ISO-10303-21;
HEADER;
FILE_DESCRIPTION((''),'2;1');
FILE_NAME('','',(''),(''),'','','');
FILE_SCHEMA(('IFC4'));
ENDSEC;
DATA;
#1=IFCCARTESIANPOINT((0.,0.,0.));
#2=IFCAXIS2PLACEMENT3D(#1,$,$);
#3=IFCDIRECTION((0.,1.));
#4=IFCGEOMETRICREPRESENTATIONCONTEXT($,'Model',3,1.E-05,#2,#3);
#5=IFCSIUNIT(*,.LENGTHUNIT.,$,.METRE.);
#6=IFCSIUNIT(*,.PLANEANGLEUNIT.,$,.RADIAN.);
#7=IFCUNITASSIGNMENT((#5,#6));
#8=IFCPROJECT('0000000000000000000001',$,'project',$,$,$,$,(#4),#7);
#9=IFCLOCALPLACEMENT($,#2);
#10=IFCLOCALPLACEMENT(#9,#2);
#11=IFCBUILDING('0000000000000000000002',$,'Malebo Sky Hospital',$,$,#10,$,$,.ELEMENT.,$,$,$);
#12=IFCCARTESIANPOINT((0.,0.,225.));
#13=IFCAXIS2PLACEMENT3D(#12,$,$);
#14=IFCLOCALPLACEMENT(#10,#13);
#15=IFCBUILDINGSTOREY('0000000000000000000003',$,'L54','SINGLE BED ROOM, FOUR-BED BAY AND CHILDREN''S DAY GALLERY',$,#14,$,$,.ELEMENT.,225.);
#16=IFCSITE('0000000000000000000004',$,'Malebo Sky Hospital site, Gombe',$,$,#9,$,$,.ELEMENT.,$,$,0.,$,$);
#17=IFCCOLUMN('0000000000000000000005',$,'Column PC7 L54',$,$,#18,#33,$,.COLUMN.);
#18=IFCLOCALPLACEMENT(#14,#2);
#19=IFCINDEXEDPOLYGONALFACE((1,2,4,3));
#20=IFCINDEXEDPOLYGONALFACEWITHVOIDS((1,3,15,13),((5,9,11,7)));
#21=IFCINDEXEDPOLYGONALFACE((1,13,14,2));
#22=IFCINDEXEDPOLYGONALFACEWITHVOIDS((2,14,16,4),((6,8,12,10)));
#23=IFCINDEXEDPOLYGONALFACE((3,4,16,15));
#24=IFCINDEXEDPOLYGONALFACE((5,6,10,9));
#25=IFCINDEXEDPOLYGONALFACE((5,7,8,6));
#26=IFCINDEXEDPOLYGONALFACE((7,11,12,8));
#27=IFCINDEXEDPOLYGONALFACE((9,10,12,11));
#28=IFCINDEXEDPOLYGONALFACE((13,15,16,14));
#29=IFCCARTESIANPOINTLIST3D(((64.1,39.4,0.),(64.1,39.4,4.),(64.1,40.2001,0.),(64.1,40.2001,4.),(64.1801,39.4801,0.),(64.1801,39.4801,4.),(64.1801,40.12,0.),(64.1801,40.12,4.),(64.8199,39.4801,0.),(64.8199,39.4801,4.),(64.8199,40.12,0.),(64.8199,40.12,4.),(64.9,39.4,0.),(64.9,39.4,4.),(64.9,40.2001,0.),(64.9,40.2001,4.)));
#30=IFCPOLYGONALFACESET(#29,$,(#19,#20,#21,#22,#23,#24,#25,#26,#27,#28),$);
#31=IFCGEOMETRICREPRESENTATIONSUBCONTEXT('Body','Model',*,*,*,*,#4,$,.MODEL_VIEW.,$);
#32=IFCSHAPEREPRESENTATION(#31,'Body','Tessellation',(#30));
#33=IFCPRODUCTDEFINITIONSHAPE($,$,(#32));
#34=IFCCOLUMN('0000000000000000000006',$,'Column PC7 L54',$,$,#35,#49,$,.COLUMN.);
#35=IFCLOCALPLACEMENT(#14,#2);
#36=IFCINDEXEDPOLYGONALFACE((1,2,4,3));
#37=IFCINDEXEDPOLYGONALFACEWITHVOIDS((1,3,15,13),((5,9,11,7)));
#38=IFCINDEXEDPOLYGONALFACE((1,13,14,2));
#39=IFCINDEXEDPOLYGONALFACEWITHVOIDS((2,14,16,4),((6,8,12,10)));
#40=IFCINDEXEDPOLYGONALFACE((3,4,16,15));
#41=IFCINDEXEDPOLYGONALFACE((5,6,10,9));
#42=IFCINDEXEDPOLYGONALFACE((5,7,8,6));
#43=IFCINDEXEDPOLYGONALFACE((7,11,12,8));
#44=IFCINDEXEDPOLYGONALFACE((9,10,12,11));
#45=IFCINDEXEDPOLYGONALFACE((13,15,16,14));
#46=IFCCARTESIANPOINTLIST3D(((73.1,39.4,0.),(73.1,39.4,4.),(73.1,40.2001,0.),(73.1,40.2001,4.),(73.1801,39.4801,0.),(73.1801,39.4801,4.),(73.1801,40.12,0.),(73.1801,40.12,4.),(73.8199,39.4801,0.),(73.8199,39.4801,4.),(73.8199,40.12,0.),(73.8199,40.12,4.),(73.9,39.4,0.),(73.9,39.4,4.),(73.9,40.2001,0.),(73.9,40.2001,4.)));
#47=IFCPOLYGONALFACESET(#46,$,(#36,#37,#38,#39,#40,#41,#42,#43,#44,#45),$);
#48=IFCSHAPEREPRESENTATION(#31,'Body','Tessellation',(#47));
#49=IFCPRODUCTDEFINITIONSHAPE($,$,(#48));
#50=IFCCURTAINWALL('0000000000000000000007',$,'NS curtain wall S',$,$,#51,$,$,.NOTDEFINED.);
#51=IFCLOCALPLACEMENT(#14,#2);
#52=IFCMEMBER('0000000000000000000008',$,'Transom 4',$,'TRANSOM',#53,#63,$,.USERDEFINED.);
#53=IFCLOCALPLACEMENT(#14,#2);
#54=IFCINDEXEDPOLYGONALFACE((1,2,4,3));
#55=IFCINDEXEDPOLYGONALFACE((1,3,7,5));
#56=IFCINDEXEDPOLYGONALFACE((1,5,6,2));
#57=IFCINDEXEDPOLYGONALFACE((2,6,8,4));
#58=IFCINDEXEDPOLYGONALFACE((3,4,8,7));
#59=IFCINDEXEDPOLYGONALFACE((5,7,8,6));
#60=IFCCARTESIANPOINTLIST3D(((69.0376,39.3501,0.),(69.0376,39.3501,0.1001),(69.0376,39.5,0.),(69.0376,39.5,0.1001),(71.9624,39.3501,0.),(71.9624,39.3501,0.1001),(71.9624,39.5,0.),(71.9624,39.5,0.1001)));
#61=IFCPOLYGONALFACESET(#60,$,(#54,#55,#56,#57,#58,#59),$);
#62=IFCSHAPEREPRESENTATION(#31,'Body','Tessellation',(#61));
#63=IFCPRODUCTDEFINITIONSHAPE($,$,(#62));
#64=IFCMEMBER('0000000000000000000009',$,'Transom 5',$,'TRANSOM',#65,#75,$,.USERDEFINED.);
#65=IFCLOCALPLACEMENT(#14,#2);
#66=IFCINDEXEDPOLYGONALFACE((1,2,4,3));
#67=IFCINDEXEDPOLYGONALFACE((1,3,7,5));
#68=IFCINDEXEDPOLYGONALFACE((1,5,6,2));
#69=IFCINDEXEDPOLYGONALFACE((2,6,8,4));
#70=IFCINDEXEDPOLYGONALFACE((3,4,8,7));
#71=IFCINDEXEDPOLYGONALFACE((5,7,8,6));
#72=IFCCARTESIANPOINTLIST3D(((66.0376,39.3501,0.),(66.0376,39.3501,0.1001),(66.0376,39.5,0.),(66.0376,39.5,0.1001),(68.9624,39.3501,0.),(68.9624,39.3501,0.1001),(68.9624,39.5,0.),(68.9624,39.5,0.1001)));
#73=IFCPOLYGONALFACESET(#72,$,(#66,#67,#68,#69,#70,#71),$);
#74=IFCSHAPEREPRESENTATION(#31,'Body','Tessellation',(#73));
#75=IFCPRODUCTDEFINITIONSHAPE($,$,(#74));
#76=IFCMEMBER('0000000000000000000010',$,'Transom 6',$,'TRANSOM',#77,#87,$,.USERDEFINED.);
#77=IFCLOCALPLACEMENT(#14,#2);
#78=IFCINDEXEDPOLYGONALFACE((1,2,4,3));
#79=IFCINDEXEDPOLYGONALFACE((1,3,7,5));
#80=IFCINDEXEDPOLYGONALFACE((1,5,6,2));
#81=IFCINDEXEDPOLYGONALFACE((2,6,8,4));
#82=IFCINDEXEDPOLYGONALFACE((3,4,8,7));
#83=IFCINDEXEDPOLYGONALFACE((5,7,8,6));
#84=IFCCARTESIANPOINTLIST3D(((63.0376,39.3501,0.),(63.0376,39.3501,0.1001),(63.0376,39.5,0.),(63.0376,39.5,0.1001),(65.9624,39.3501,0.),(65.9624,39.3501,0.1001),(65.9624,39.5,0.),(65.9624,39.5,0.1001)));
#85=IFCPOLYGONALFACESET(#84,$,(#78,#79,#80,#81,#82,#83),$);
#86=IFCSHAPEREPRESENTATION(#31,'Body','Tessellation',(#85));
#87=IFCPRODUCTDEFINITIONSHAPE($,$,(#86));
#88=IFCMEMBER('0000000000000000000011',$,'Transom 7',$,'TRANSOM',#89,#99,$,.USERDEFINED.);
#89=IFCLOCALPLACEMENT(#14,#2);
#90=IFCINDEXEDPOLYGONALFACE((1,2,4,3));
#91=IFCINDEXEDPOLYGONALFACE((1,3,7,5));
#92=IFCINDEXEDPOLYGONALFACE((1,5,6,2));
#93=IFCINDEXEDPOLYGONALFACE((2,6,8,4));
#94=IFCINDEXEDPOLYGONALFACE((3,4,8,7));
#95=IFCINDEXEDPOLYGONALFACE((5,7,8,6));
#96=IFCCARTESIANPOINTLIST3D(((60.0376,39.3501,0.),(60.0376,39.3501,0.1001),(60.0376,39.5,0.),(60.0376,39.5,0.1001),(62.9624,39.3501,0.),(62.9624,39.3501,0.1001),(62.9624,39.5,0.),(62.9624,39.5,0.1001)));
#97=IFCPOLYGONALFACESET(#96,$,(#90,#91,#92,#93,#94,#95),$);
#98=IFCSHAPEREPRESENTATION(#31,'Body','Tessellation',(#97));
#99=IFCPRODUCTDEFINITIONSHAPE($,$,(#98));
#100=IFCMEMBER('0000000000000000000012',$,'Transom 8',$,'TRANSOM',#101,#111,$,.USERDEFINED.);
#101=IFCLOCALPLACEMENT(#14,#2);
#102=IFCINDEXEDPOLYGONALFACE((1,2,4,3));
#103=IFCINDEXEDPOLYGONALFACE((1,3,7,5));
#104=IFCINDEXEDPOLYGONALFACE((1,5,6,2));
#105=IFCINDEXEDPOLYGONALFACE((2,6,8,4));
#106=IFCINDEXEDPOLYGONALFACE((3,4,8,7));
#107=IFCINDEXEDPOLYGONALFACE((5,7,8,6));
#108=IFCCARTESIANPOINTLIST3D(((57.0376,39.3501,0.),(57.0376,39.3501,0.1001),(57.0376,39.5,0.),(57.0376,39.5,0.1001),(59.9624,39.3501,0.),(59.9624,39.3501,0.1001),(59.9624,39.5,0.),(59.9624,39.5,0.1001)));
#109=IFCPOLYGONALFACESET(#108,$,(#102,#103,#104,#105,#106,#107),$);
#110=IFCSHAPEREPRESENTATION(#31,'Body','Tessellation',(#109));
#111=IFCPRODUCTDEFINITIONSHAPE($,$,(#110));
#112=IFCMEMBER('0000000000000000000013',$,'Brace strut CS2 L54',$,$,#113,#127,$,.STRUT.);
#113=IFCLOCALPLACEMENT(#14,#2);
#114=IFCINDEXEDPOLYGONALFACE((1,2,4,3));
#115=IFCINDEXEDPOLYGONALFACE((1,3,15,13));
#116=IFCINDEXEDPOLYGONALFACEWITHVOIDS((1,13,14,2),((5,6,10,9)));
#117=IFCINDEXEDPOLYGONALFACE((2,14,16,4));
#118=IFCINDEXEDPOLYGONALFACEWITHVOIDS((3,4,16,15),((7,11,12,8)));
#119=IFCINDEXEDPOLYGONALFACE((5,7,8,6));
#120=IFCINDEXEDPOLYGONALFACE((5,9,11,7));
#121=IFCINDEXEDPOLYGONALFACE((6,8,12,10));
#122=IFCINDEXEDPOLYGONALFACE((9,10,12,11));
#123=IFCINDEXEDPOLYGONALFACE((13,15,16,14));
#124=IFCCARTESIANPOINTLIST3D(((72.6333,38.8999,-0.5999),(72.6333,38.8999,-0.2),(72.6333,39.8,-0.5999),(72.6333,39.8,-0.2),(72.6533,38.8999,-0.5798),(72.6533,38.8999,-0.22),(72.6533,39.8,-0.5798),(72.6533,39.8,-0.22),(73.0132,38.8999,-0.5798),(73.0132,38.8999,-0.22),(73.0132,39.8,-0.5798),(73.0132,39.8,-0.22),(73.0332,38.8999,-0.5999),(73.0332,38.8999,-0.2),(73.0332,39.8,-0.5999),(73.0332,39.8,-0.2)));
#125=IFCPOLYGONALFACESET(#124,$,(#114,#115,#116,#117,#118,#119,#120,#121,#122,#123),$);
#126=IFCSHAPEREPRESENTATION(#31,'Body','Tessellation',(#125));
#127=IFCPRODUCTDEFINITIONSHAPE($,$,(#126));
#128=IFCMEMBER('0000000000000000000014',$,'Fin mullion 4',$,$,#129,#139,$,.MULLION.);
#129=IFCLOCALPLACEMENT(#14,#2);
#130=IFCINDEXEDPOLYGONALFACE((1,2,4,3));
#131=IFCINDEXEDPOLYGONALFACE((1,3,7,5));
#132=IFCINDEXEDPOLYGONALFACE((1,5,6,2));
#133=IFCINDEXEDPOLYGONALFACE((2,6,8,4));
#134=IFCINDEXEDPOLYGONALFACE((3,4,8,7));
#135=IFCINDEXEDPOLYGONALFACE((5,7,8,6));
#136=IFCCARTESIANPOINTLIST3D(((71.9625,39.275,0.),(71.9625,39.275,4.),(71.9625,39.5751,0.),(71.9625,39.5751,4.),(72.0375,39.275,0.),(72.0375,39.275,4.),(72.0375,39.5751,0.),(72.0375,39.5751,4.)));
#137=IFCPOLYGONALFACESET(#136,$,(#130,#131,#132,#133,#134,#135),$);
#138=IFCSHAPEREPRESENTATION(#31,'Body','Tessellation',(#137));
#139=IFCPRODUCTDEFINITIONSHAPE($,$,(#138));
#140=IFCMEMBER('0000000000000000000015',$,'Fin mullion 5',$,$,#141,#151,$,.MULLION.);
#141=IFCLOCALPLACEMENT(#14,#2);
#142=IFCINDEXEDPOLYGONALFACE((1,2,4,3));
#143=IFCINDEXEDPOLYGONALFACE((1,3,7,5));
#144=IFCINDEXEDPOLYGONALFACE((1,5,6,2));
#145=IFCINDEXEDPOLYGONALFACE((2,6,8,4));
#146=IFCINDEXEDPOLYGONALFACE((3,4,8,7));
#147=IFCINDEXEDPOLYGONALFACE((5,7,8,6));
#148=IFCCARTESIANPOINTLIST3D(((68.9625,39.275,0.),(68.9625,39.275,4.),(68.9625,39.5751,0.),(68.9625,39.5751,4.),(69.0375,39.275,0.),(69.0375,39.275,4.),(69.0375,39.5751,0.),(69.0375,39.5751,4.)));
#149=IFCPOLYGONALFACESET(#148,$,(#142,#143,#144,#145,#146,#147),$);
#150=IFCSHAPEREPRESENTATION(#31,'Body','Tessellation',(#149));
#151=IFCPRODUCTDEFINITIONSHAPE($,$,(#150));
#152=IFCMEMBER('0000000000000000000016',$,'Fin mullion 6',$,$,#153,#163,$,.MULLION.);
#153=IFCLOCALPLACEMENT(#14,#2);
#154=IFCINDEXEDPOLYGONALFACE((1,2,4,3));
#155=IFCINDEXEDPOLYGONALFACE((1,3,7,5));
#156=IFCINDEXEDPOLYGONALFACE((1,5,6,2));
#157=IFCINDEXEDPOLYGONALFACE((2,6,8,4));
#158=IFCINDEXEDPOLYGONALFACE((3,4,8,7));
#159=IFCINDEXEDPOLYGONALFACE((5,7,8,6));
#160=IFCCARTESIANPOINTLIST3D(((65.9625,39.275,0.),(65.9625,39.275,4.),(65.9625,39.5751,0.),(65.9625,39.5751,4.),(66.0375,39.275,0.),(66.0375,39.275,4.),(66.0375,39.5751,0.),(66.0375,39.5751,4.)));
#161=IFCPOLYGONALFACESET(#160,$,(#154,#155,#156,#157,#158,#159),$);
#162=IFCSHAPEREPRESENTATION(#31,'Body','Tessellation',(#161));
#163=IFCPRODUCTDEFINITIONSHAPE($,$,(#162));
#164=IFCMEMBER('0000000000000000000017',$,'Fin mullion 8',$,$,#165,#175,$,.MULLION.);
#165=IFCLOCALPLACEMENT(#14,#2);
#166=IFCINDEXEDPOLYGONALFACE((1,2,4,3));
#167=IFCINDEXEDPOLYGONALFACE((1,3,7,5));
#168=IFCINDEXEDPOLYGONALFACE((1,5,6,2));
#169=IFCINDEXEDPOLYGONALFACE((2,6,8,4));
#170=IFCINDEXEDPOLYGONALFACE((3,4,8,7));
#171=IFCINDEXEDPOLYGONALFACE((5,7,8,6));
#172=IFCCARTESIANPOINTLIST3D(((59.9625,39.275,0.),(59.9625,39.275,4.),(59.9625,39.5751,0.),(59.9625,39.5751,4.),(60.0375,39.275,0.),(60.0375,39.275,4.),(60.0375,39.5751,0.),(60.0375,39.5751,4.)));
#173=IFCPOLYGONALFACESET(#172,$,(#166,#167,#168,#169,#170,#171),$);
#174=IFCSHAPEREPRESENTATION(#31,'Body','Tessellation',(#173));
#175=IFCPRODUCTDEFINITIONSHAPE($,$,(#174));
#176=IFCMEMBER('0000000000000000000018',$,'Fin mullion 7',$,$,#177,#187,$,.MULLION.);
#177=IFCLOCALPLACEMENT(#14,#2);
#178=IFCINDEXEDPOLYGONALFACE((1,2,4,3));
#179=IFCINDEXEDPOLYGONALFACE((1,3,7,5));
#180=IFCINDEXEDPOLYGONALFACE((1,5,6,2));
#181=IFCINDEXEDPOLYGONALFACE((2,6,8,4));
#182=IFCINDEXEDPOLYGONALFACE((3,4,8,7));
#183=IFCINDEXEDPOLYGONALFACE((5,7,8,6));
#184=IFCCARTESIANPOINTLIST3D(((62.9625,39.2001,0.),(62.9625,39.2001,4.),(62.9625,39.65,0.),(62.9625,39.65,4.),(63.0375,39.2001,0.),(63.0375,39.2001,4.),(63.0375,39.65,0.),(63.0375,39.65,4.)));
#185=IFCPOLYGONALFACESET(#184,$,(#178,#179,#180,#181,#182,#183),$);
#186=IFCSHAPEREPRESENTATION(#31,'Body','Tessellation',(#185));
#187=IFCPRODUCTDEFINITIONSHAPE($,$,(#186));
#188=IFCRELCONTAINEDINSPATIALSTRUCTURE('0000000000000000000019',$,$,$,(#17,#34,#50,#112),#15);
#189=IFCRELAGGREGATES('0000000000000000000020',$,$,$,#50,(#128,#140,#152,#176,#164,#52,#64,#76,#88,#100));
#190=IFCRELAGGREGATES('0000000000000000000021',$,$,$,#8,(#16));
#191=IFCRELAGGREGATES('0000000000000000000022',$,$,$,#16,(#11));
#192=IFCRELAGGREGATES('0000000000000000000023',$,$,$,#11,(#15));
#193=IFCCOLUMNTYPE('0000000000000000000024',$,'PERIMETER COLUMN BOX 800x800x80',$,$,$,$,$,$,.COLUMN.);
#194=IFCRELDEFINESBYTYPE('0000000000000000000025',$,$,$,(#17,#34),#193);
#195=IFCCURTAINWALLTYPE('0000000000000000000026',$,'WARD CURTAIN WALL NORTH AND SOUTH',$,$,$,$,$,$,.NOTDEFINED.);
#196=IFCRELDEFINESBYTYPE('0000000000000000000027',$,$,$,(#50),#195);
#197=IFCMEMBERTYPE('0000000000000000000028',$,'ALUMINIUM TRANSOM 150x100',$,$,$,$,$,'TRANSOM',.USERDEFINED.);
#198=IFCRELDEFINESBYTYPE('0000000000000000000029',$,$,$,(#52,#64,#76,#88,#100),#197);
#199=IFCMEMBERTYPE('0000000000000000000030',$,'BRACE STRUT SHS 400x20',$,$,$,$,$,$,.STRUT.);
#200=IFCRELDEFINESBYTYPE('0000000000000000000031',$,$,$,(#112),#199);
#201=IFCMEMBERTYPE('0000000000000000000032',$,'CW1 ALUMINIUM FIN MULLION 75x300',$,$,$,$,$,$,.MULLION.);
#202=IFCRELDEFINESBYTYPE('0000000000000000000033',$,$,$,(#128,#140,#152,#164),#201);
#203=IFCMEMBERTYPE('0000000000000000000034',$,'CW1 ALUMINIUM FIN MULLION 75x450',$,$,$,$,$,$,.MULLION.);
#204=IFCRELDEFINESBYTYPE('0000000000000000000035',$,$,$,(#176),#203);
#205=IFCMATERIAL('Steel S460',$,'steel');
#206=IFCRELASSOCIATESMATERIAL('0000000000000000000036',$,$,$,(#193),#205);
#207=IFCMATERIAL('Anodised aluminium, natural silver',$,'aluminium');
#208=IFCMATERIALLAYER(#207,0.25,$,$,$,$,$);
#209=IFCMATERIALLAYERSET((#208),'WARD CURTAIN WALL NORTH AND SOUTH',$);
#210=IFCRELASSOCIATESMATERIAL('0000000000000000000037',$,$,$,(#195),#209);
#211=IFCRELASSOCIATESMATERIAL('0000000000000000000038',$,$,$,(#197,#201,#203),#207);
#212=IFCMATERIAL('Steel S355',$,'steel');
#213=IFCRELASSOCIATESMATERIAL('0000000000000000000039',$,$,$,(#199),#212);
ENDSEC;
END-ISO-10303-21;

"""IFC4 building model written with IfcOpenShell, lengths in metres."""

from ifc_helpers import new_model, si_unit, direction, frame, origin, origin_2d, place, context, subcontext, project, spatial, rectangle, hollow_rectangle, extrude, material, layer, layer_set, material_profile, profile_set, type_object, element, aggregate, save


model = new_model("IFC4")

# Units and contexts
model_context = context("Model", 3, precision=1e-05, world=origin(), true_north=direction((0.0, 1.0)))
body_context = subcontext(model_context, "Body", "Model", "MODEL_VIEW")
ifc_project = project(units=[si_unit("LENGTHUNIT", "METRE"), si_unit("PLANEANGLEUNIT", "RADIAN")], contexts=[model_context])

# Site, building, storey
site_placement = place(None, origin())
site = spatial("IfcSite", under=ifc_project, at=site_placement, Name="Malebo Sky Hospital site, Gombe", CompositionType="ELEMENT", RefElevation=0.0)
building_placement = place(site_placement, origin())
building = spatial("IfcBuilding", under=site, at=building_placement, Name="Malebo Sky Hospital", CompositionType="ELEMENT")
storey_placement = place(building_placement, frame((0.0, 0.0, 225.0)))
storey = spatial("IfcBuildingStorey", under=building, at=storey_placement, Name="L54", Description="SINGLE BED ROOM, FOUR-BED BAY AND CHILDREN'S DAY GALLERY", CompositionType="ELEMENT", Elevation=225.0)

# Columns
ifc_material_1 = material(Name="Steel S460", Category="steel")
ifc_material_profile_1 = material_profile(ifc_material_1, hollow_rectangle(XDim=0.8, YDim=0.8, WallThickness=0.0801, at=origin_2d()), Name="BOX 800x800x80")
ifc_profile_set_1 = profile_set([ifc_material_profile_1], Name="Steel S460")
column_type = type_object("IfcColumnType", Name="PERIMETER COLUMN BOX 800x800x80", PredefinedType="COLUMN", material=ifc_profile_set_1)
for number, where, z_axis, x_axis, name in (
    (1, (64.5, 39.8, 0.0), (0.0, 0.0, 1.0), (1.0, 0.0, 0.0), "Column PC7 L54"),
    (2, (73.5, 39.8, 0.0), (0.0, 0.0, 1.0), (1.0, 0.0, 0.0), "Column PC7 L54"),
):
    element("IfcColumn", number, at=place(storey_placement, frame(where, z_axis=z_axis, x_axis=x_axis)), inside=storey, type_object=column_type, Name=name, PredefinedType="COLUMN", context=body_context, shape_type="SweptSolid", body=[
        extrude(hollow_rectangle(XDim=0.8, YDim=0.8, WallThickness=0.0801, at=origin_2d()), origin(), (0.0, 0.0, 1.0), 4.0),
    ])

# Curtain wall, members
ifc_material_2 = material(Name="Anodised aluminium, natural silver", Category="aluminium")
ifc_layer_1 = layer(ifc_material_2, 0.25)
ifc_layer_set_1 = layer_set([ifc_layer_1], Name="WARD CURTAIN WALL NORTH AND SOUTH")
curtain_wall_type = type_object("IfcCurtainWallType", Name="WARD CURTAIN WALL NORTH AND SOUTH", PredefinedType="NOTDEFINED", material=ifc_layer_set_1)
curtain_wall_placement = place(storey_placement, origin())
curtain_wall = element("IfcCurtainWall", 3, at=curtain_wall_placement, inside=storey, type_object=curtain_wall_type, Name="NS curtain wall S", PredefinedType="NOTDEFINED")
ifc_material_profile_2 = material_profile(ifc_material_2, rectangle(XDim=0.1499, YDim=0.1001, at=origin_2d()), Name="ALUMINIUM TRANSOM 150x100")
ifc_profile_set_2 = profile_set([ifc_material_profile_2], Name="Anodised aluminium, natural silver")
member_type_1 = type_object("IfcMemberType", Name="ALUMINIUM TRANSOM 150x100", ElementType="TRANSOM", PredefinedType="USERDEFINED", material=ifc_profile_set_2)
member_1_placement = place(storey_placement, frame((71.9624, 39.425, 0.05), z_axis=(-1.0, 0.0, 0.0), x_axis=(0.0, -1.0, 0.0)))
member_1 = element("IfcMember", 4, at=member_1_placement, type_object=member_type_1, Name="Transom 4", ObjectType="TRANSOM", PredefinedType="USERDEFINED", context=body_context, shape_type="SweptSolid", body=[
    extrude(rectangle(XDim=0.1499, YDim=0.1001, at=origin_2d()), origin(), (0.0, 0.0, 1.0), 2.9248),
])
member_2_placement = place(storey_placement, frame((68.9624, 39.425, 0.05), z_axis=(-1.0, 0.0, 0.0), x_axis=(0.0, -1.0, 0.0)))
member_2 = element("IfcMember", 5, at=member_2_placement, type_object=member_type_1, Name="Transom 5", ObjectType="TRANSOM", PredefinedType="USERDEFINED", context=body_context, shape_type="SweptSolid", body=[
    extrude(rectangle(XDim=0.1499, YDim=0.1001, at=origin_2d()), origin(), (0.0, 0.0, 1.0), 2.9248),
])
member_3_placement = place(storey_placement, frame((65.9624, 39.425, 0.05), z_axis=(-1.0, 0.0, 0.0), x_axis=(0.0, -1.0, 0.0)))
member_3 = element("IfcMember", 6, at=member_3_placement, type_object=member_type_1, Name="Transom 6", ObjectType="TRANSOM", PredefinedType="USERDEFINED", context=body_context, shape_type="SweptSolid", body=[
    extrude(rectangle(XDim=0.1499, YDim=0.1001, at=origin_2d()), origin(), (0.0, 0.0, 1.0), 2.9248),
])
member_4_placement = place(storey_placement, frame((62.9624, 39.425, 0.05), z_axis=(-1.0, 0.0, 0.0), x_axis=(0.0, -1.0, 0.0)))
member_4 = element("IfcMember", 7, at=member_4_placement, type_object=member_type_1, Name="Transom 7", ObjectType="TRANSOM", PredefinedType="USERDEFINED", context=body_context, shape_type="SweptSolid", body=[
    extrude(rectangle(XDim=0.1499, YDim=0.1001, at=origin_2d()), origin(), (0.0, 0.0, 1.0), 2.9248),
])
member_5_placement = place(storey_placement, frame((59.9624, 39.425, 0.05), z_axis=(-1.0, 0.0, 0.0), x_axis=(0.0, -1.0, 0.0)))
member_5 = element("IfcMember", 8, at=member_5_placement, type_object=member_type_1, Name="Transom 8", ObjectType="TRANSOM", PredefinedType="USERDEFINED", context=body_context, shape_type="SweptSolid", body=[
    extrude(rectangle(XDim=0.1499, YDim=0.1001, at=origin_2d()), origin(), (0.0, 0.0, 1.0), 2.9248),
])

# Members
ifc_material_3 = material(Name="Steel S355", Category="steel")
ifc_material_profile_3 = material_profile(ifc_material_3, hollow_rectangle(XDim=0.3999, YDim=0.3999, WallThickness=0.02, at=origin_2d()), Name="SHS 400x20")
ifc_profile_set_3 = profile_set([ifc_material_profile_3], Name="Steel S355")
member_type_2 = type_object("IfcMemberType", Name="BRACE STRUT SHS 400x20", PredefinedType="STRUT", material=ifc_profile_set_3)
member_6_placement = place(storey_placement, frame((72.8333, 38.8999, -0.3999), z_axis=(0.0, 1.0, 0.0), x_axis=(-1.0, 0.0, 0.0)))
element("IfcMember", 9, at=member_6_placement, inside=storey, type_object=member_type_2, Name="Brace strut CS2 L54", PredefinedType="STRUT", context=body_context, shape_type="SweptSolid", body=[
    extrude(hollow_rectangle(XDim=0.3999, YDim=0.3999, WallThickness=0.02, at=origin_2d()), origin(), (0.0, 0.0, 1.0), 0.9001),
])
ifc_material_profile_4 = material_profile(ifc_material_2, rectangle(XDim=0.075, YDim=0.3, at=origin_2d()), Name="CW1 ALUMINIUM FIN MULLION 75x300")
ifc_profile_set_4 = profile_set([ifc_material_profile_4], Name="Anodised aluminium, natural silver")
member_type_3 = type_object("IfcMemberType", Name="CW1 ALUMINIUM FIN MULLION 75x300", PredefinedType="MULLION", material=ifc_profile_set_4)
member_7_placement = place(storey_placement, frame((72.0, 39.425, 0.0), z_axis=(0.0, 0.0, 1.0), x_axis=(-1.0, 0.0, 0.0)))
member_7 = element("IfcMember", 10, at=member_7_placement, type_object=member_type_3, Name="Fin mullion 4", PredefinedType="MULLION", context=body_context, shape_type="SweptSolid", body=[
    extrude(rectangle(XDim=0.075, YDim=0.3, at=origin_2d()), origin(), (0.0, 0.0, 1.0), 4.0),
])
member_8_placement = place(storey_placement, frame((69.0, 39.425, 0.0), z_axis=(0.0, 0.0, 1.0), x_axis=(-1.0, 0.0, 0.0)))
member_8 = element("IfcMember", 11, at=member_8_placement, type_object=member_type_3, Name="Fin mullion 5", PredefinedType="MULLION", context=body_context, shape_type="SweptSolid", body=[
    extrude(rectangle(XDim=0.075, YDim=0.3, at=origin_2d()), origin(), (0.0, 0.0, 1.0), 4.0),
])
member_9_placement = place(storey_placement, frame((66.0, 39.425, 0.0), z_axis=(0.0, 0.0, 1.0), x_axis=(-1.0, 0.0, 0.0)))
member_9 = element("IfcMember", 12, at=member_9_placement, type_object=member_type_3, Name="Fin mullion 6", PredefinedType="MULLION", context=body_context, shape_type="SweptSolid", body=[
    extrude(rectangle(XDim=0.075, YDim=0.3, at=origin_2d()), origin(), (0.0, 0.0, 1.0), 4.0),
])
member_10_placement = place(storey_placement, frame((60.0, 39.425, 0.0), z_axis=(0.0, 0.0, 1.0), x_axis=(-1.0, 0.0, 0.0)))
member_10 = element("IfcMember", 13, at=member_10_placement, type_object=member_type_3, Name="Fin mullion 8", PredefinedType="MULLION", context=body_context, shape_type="SweptSolid", body=[
    extrude(rectangle(XDim=0.075, YDim=0.3, at=origin_2d()), origin(), (0.0, 0.0, 1.0), 4.0),
])
ifc_material_profile_5 = material_profile(ifc_material_2, rectangle(XDim=0.075, YDim=0.45, at=origin_2d()), Name="CW1 ALUMINIUM FIN MULLION 75x450")
ifc_profile_set_5 = profile_set([ifc_material_profile_5], Name="Anodised aluminium, natural silver")
member_type_4 = type_object("IfcMemberType", Name="CW1 ALUMINIUM FIN MULLION 75x450", PredefinedType="MULLION", material=ifc_profile_set_5)
member_11_placement = place(storey_placement, frame((63.0, 39.425, 0.0), z_axis=(0.0, 0.0, 1.0), x_axis=(-1.0, 0.0, 0.0)))
member_11 = element("IfcMember", 14, at=member_11_placement, type_object=member_type_4, Name="Fin mullion 7", PredefinedType="MULLION", context=body_context, shape_type="SweptSolid", body=[
    extrude(rectangle(XDim=0.075, YDim=0.45, at=origin_2d()), origin(), (0.0, 0.0, 1.0), 4.0),
])

aggregate(curtain_wall, [member_7, member_8, member_9, member_11, member_10, member_1, member_2, member_3, member_4, member_5])

save(model, "model.ifc")
